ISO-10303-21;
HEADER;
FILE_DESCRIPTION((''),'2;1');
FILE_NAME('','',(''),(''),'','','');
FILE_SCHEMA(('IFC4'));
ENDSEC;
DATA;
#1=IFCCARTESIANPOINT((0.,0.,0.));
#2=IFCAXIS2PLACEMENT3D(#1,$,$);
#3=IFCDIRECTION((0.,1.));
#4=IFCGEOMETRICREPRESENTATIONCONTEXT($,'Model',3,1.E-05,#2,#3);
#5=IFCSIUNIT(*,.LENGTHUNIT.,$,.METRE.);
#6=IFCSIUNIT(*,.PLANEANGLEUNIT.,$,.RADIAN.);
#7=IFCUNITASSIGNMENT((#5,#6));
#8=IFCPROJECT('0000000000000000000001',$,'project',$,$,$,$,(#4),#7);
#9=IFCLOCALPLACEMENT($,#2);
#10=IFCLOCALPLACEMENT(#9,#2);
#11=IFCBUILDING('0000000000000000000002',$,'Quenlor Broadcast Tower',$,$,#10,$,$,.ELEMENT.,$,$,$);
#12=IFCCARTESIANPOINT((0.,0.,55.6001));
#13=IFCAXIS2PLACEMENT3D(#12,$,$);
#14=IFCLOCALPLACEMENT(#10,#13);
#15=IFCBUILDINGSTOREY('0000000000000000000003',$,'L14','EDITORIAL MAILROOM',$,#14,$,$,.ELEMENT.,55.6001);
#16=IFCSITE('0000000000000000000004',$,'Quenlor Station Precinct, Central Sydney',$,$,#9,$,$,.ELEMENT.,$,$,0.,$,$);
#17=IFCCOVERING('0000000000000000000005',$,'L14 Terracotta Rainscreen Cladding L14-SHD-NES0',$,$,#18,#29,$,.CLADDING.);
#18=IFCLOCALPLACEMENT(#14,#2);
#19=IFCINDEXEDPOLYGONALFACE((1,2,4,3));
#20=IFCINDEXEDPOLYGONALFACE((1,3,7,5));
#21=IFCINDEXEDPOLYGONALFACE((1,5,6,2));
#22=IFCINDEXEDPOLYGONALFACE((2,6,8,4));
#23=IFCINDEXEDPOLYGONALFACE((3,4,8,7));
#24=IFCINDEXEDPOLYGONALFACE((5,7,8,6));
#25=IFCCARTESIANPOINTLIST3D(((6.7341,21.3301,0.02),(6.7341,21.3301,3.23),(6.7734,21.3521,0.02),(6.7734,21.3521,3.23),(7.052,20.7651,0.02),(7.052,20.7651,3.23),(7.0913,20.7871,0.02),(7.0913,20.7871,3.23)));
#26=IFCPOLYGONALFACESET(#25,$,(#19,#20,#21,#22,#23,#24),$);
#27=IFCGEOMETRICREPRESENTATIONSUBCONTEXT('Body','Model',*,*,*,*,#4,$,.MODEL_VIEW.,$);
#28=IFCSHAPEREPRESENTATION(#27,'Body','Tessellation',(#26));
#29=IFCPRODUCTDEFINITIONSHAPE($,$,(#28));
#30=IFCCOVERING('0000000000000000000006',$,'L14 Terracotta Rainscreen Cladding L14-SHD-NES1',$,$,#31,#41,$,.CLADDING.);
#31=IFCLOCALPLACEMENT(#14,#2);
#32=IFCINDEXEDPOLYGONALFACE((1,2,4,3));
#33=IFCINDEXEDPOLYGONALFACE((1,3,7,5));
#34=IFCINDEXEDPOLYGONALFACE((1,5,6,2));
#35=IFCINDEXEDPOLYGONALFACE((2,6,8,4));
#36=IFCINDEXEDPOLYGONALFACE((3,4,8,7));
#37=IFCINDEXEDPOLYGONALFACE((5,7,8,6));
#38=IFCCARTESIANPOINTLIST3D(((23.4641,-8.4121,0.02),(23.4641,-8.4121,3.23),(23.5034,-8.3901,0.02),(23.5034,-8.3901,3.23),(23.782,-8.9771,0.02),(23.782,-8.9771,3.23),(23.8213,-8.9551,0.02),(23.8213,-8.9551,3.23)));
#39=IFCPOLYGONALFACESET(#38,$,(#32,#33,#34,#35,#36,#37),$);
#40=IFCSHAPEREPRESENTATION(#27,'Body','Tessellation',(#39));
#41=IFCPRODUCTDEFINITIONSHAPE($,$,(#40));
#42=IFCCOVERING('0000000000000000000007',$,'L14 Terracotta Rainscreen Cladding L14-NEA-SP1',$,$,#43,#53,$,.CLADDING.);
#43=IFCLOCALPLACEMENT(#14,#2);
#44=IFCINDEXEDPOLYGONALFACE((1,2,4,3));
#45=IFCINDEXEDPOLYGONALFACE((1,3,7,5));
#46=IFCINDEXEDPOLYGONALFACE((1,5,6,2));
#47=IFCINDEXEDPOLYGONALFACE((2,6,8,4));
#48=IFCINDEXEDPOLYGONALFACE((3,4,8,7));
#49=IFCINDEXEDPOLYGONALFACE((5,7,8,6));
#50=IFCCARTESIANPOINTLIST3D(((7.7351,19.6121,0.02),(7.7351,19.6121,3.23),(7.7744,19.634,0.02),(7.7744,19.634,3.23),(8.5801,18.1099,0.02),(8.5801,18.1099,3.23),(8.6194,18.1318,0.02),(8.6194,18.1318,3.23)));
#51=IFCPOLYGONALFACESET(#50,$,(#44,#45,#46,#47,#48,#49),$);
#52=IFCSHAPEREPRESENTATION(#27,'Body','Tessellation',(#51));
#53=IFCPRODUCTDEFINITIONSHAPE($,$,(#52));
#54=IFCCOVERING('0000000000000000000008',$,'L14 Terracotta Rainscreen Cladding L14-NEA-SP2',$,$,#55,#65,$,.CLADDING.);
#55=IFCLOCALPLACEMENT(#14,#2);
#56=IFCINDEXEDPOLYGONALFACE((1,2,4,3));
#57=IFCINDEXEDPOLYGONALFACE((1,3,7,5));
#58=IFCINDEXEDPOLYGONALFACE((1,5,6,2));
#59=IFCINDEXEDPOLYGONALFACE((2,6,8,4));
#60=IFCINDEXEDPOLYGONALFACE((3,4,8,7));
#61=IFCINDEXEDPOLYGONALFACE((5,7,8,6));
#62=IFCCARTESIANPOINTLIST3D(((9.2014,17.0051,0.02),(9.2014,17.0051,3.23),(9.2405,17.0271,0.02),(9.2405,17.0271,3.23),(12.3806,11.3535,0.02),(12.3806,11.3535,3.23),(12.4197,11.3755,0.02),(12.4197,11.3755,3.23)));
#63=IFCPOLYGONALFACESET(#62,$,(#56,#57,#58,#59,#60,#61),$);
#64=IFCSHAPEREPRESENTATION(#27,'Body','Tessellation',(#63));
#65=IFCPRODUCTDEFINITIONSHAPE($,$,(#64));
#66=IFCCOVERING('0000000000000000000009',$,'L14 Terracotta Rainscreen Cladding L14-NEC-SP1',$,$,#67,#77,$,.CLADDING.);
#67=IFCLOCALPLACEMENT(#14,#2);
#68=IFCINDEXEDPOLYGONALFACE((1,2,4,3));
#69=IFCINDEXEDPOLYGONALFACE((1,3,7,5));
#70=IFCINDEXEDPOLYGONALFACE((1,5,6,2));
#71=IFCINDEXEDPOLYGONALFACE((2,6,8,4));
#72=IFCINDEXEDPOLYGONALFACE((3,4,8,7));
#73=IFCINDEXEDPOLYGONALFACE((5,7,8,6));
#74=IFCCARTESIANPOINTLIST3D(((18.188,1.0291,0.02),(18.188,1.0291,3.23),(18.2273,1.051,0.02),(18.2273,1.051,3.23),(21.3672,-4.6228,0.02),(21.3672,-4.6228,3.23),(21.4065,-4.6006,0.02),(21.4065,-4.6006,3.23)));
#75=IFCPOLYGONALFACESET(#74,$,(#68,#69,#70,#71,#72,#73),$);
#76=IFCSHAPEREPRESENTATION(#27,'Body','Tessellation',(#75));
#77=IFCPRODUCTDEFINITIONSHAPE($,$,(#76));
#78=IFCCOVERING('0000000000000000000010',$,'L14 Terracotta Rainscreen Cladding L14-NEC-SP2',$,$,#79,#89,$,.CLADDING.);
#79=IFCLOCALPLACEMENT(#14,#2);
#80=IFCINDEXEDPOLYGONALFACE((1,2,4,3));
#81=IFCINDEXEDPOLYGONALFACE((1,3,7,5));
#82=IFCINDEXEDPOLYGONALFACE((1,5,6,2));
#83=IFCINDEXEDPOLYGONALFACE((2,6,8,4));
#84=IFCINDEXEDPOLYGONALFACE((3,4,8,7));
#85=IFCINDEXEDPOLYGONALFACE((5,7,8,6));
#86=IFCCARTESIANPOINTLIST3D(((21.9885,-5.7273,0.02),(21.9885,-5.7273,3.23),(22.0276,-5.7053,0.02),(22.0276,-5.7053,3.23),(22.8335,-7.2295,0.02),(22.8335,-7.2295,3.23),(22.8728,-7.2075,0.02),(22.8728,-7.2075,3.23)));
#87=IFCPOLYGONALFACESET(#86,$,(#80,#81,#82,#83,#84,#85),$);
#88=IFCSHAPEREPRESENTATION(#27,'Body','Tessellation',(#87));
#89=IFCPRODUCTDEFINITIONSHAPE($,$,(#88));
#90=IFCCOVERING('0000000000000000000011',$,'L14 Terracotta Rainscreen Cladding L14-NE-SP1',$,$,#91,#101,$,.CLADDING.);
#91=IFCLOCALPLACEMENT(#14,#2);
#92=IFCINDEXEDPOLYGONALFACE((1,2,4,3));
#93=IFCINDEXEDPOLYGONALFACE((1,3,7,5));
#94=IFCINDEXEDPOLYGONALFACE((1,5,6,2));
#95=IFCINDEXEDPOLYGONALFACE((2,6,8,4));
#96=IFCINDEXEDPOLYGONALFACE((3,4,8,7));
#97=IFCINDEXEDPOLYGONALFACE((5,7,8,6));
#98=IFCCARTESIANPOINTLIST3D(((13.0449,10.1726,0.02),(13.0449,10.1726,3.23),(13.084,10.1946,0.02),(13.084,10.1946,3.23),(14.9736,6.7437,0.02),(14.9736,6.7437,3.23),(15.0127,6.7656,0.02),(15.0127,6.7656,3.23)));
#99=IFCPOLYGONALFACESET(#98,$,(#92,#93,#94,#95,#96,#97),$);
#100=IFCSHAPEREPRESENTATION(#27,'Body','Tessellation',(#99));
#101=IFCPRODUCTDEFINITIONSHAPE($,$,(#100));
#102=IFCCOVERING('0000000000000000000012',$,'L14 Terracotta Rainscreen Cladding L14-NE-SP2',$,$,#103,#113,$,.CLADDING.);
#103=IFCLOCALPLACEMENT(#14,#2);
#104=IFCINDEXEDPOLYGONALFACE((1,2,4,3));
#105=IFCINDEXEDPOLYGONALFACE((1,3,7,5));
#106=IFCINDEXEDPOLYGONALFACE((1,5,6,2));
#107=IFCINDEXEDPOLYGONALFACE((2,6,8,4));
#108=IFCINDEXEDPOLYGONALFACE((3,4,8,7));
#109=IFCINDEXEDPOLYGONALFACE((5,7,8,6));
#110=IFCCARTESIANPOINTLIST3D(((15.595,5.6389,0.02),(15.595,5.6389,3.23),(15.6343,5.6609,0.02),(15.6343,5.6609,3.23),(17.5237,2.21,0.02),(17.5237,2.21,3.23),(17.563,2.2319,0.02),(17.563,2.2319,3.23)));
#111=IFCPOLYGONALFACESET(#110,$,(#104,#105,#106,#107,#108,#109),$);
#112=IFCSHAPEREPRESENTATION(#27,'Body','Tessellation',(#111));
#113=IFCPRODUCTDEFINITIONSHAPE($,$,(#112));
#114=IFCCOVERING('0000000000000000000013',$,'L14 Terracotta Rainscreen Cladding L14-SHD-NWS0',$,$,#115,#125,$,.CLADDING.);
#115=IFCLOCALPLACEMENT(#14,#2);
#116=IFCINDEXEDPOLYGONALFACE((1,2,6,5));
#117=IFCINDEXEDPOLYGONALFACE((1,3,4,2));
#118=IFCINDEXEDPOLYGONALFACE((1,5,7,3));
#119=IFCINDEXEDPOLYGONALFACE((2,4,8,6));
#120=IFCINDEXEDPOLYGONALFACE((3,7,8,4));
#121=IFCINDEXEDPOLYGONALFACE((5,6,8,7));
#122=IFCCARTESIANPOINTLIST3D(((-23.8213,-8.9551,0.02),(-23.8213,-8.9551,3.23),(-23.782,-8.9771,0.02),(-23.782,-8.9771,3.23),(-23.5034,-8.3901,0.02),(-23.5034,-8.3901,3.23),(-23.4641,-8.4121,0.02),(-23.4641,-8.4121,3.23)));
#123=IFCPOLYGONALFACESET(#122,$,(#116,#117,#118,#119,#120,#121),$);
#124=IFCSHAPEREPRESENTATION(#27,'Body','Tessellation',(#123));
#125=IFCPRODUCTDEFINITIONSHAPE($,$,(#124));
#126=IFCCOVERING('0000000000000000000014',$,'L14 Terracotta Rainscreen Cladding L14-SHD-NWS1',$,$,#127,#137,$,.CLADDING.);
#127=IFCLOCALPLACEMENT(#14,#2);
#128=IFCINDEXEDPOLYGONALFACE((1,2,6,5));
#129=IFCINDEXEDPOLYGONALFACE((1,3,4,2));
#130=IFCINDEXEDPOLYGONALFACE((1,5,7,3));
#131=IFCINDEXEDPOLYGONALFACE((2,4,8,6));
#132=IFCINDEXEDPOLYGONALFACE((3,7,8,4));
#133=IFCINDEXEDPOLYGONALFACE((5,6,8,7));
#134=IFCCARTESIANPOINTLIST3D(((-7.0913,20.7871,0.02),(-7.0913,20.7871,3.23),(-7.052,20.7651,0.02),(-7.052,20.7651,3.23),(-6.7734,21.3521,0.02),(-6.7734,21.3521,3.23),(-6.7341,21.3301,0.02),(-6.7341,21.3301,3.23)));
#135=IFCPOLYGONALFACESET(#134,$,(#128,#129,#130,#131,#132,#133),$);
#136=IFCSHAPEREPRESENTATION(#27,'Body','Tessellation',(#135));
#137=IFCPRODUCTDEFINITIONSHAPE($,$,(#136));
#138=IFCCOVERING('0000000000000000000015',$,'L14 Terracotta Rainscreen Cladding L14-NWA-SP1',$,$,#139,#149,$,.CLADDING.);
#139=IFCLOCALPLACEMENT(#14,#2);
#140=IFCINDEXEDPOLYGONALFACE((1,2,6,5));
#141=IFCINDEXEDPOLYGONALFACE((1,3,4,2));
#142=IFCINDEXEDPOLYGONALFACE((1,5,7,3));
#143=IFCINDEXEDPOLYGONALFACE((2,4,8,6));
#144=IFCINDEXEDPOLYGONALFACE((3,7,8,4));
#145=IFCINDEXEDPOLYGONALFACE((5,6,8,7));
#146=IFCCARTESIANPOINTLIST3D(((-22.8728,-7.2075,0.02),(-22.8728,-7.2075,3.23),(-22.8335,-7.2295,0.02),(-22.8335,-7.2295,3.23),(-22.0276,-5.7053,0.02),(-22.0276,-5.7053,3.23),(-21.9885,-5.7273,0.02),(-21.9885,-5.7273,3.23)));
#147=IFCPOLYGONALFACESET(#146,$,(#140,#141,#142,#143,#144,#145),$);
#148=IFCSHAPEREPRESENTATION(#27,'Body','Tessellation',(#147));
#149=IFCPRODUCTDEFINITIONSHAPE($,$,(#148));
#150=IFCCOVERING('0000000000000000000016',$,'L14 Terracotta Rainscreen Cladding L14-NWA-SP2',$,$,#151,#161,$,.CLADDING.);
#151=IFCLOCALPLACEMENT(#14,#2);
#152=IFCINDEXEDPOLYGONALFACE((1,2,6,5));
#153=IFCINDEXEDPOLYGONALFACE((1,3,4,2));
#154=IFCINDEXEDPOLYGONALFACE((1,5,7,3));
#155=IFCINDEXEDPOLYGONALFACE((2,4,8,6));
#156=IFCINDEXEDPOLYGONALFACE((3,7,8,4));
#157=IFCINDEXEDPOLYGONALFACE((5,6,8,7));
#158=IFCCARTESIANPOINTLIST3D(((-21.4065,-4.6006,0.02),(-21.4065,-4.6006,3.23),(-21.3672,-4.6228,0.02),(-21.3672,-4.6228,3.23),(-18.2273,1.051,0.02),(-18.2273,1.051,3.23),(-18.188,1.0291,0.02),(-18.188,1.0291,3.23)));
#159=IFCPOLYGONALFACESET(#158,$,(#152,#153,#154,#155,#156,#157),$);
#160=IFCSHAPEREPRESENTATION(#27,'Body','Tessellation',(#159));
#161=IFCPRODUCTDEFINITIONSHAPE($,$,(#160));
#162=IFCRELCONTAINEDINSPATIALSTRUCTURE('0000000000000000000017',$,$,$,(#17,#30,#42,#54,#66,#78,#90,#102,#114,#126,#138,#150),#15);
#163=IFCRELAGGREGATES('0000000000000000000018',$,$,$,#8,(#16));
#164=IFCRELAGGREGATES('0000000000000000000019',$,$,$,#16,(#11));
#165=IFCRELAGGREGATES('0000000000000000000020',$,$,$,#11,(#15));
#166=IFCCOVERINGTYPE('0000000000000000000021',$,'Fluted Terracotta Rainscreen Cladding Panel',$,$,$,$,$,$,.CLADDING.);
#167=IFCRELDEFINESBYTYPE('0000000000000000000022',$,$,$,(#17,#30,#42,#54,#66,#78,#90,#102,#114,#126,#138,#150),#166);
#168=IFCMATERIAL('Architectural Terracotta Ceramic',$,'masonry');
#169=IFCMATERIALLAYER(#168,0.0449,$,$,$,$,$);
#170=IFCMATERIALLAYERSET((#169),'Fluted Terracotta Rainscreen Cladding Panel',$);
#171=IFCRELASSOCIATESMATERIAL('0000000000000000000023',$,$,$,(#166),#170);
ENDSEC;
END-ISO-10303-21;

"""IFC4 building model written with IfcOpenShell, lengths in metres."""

from ifc_helpers import new_model, si_unit, direction, frame, origin, place, context, subcontext, project, spatial, polyline, outline, extrude, material, layer, layer_set, type_object, element, save


model = new_model("IFC4")

# Units and contexts
model_context = context("Model", 3, precision=1e-05, world=origin(), true_north=direction((0.0, 1.0)))
body_context = subcontext(model_context, "Body", "Model", "MODEL_VIEW")
ifc_project = project(units=[si_unit("LENGTHUNIT", "METRE"), si_unit("PLANEANGLEUNIT", "RADIAN")], contexts=[model_context])

# Site, building, storey
site_placement = place(None, origin())
site = spatial("IfcSite", under=ifc_project, at=site_placement, Name="Quenlor Station Precinct, Central Sydney", CompositionType="ELEMENT", RefElevation=0.0)
building_placement = place(site_placement, origin())
building = spatial("IfcBuilding", under=site, at=building_placement, Name="Quenlor Broadcast Tower", CompositionType="ELEMENT")
storey_placement = place(building_placement, frame((0.0, 0.0, 55.6001)))
storey = spatial("IfcBuildingStorey", under=building, at=storey_placement, Name="L14", Description="EDITORIAL MAILROOM", CompositionType="ELEMENT", Elevation=55.6001)

# Coverings
ifc_material_1 = material(Name="Architectural Terracotta Ceramic", Category="masonry")
ifc_layer_1 = layer(ifc_material_1, 0.0449)
ifc_layer_set_1 = layer_set([ifc_layer_1], Name="Fluted Terracotta Rainscreen Cladding Panel")
covering_type = type_object("IfcCoveringType", Name="Fluted Terracotta Rainscreen Cladding Panel", PredefinedType="CLADDING", material=ifc_layer_set_1)
covering_1_placement = place(storey_placement, frame((0.0, 0.0, 0.02)))
element("IfcCovering", 1, at=covering_1_placement, inside=storey, type_object=covering_type, Name="L14 Terracotta Rainscreen Cladding L14-SHD-NES0", PredefinedType="CLADDING", context=body_context, shape_type="SweptSolid", body=[
    extrude(outline(polyline([(6.7341, 21.3301), (7.052, 20.7651), (7.0913, 20.7871), (6.7734, 21.3521), (6.7341, 21.3301)])), origin(), (0.0, 0.0, 1.0), 3.21),
])
covering_2_placement = place(storey_placement, frame((0.0, 0.0, 0.02)))
element("IfcCovering", 2, at=covering_2_placement, inside=storey, type_object=covering_type, Name="L14 Terracotta Rainscreen Cladding L14-SHD-NES1", PredefinedType="CLADDING", context=body_context, shape_type="SweptSolid", body=[
    extrude(outline(polyline([(23.4641, -8.4121), (23.782, -8.9771), (23.8213, -8.9551), (23.5034, -8.3901), (23.4641, -8.4121)])), origin(), (0.0, 0.0, 1.0), 3.21),
])
covering_3_placement = place(storey_placement, frame((0.0, 0.0, 0.02)))
element("IfcCovering", 3, at=covering_3_placement, inside=storey, type_object=covering_type, Name="L14 Terracotta Rainscreen Cladding L14-NEA-SP1", PredefinedType="CLADDING", context=body_context, shape_type="SweptSolid", body=[
    extrude(outline(polyline([(7.7351, 19.6121), (8.5801, 18.1099), (8.6194, 18.1318), (7.7744, 19.634), (7.7351, 19.6121)])), origin(), (0.0, 0.0, 1.0), 3.21),
])
covering_4_placement = place(storey_placement, frame((0.0, 0.0, 0.02)))
element("IfcCovering", 4, at=covering_4_placement, inside=storey, type_object=covering_type, Name="L14 Terracotta Rainscreen Cladding L14-NEA-SP2", PredefinedType="CLADDING", context=body_context, shape_type="SweptSolid", body=[
    extrude(outline(polyline([(9.2014, 17.0051), (12.3806, 11.3535), (12.4197, 11.3755), (9.2405, 17.0271), (9.2014, 17.0051)])), origin(), (0.0, 0.0, 1.0), 3.21),
])
covering_5_placement = place(storey_placement, frame((0.0, 0.0, 0.02)))
element("IfcCovering", 5, at=covering_5_placement, inside=storey, type_object=covering_type, Name="L14 Terracotta Rainscreen Cladding L14-NEC-SP1", PredefinedType="CLADDING", context=body_context, shape_type="SweptSolid", body=[
    extrude(outline(polyline([(18.188, 1.0291), (21.3672, -4.6228), (21.4065, -4.6006), (18.2273, 1.051), (18.188, 1.0291)])), origin(), (0.0, 0.0, 1.0), 3.21),
])
covering_6_placement = place(storey_placement, frame((0.0, 0.0, 0.02)))
element("IfcCovering", 6, at=covering_6_placement, inside=storey, type_object=covering_type, Name="L14 Terracotta Rainscreen Cladding L14-NEC-SP2", PredefinedType="CLADDING", context=body_context, shape_type="SweptSolid", body=[
    extrude(outline(polyline([(21.9885, -5.7273), (22.8335, -7.2295), (22.8728, -7.2075), (22.0276, -5.7053), (21.9885, -5.7273)])), origin(), (0.0, 0.0, 1.0), 3.21),
])
covering_7_placement = place(storey_placement, frame((0.0, 0.0, 0.02)))
element("IfcCovering", 7, at=covering_7_placement, inside=storey, type_object=covering_type, Name="L14 Terracotta Rainscreen Cladding L14-NE-SP1", PredefinedType="CLADDING", context=body_context, shape_type="SweptSolid", body=[
    extrude(outline(polyline([(13.0449, 10.1726), (14.9736, 6.7437), (15.0127, 6.7656), (13.084, 10.1946), (13.0449, 10.1726)])), origin(), (0.0, 0.0, 1.0), 3.21),
])
covering_8_placement = place(storey_placement, frame((0.0, 0.0, 0.02)))
element("IfcCovering", 8, at=covering_8_placement, inside=storey, type_object=covering_type, Name="L14 Terracotta Rainscreen Cladding L14-NE-SP2", PredefinedType="CLADDING", context=body_context, shape_type="SweptSolid", body=[
    extrude(outline(polyline([(15.595, 5.6389), (17.5237, 2.21), (17.563, 2.2319), (15.6343, 5.6609), (15.595, 5.6389)])), origin(), (0.0, 0.0, 1.0), 3.21),
])
covering_9_placement = place(storey_placement, frame((0.0, 0.0, 0.02)))
element("IfcCovering", 9, at=covering_9_placement, inside=storey, type_object=covering_type, Name="L14 Terracotta Rainscreen Cladding L14-SHD-NWS0", PredefinedType="CLADDING", context=body_context, shape_type="SweptSolid", body=[
    extrude(outline(polyline([(-23.782, -8.9771), (-23.4641, -8.4121), (-23.5034, -8.3901), (-23.8213, -8.9551), (-23.782, -8.9771)])), origin(), (0.0, 0.0, 1.0), 3.21),
])
covering_10_placement = place(storey_placement, frame((0.0, 0.0, 0.02)))
element("IfcCovering", 10, at=covering_10_placement, inside=storey, type_object=covering_type, Name="L14 Terracotta Rainscreen Cladding L14-SHD-NWS1", PredefinedType="CLADDING", context=body_context, shape_type="SweptSolid", body=[
    extrude(outline(polyline([(-7.052, 20.7651), (-6.7341, 21.3301), (-6.7734, 21.3521), (-7.0913, 20.7871), (-7.052, 20.7651)])), origin(), (0.0, 0.0, 1.0), 3.21),
])
covering_11_placement = place(storey_placement, frame((0.0, 0.0, 0.02)))
element("IfcCovering", 11, at=covering_11_placement, inside=storey, type_object=covering_type, Name="L14 Terracotta Rainscreen Cladding L14-NWA-SP1", PredefinedType="CLADDING", context=body_context, shape_type="SweptSolid", body=[
    extrude(outline(polyline([(-22.8335, -7.2295), (-21.9885, -5.7273), (-22.0276, -5.7053), (-22.8728, -7.2075), (-22.8335, -7.2295)])), origin(), (0.0, 0.0, 1.0), 3.21),
])
covering_12_placement = place(storey_placement, frame((0.0, 0.0, 0.02)))
element("IfcCovering", 12, at=covering_12_placement, inside=storey, type_object=covering_type, Name="L14 Terracotta Rainscreen Cladding L14-NWA-SP2", PredefinedType="CLADDING", context=body_context, shape_type="SweptSolid", body=[
    extrude(outline(polyline([(-21.3672, -4.6228), (-18.188, 1.0291), (-18.2273, 1.051), (-21.4065, -4.6006), (-21.3672, -4.6228)])), origin(), (0.0, 0.0, 1.0), 3.21),
])

save(model, "model.ifc")
